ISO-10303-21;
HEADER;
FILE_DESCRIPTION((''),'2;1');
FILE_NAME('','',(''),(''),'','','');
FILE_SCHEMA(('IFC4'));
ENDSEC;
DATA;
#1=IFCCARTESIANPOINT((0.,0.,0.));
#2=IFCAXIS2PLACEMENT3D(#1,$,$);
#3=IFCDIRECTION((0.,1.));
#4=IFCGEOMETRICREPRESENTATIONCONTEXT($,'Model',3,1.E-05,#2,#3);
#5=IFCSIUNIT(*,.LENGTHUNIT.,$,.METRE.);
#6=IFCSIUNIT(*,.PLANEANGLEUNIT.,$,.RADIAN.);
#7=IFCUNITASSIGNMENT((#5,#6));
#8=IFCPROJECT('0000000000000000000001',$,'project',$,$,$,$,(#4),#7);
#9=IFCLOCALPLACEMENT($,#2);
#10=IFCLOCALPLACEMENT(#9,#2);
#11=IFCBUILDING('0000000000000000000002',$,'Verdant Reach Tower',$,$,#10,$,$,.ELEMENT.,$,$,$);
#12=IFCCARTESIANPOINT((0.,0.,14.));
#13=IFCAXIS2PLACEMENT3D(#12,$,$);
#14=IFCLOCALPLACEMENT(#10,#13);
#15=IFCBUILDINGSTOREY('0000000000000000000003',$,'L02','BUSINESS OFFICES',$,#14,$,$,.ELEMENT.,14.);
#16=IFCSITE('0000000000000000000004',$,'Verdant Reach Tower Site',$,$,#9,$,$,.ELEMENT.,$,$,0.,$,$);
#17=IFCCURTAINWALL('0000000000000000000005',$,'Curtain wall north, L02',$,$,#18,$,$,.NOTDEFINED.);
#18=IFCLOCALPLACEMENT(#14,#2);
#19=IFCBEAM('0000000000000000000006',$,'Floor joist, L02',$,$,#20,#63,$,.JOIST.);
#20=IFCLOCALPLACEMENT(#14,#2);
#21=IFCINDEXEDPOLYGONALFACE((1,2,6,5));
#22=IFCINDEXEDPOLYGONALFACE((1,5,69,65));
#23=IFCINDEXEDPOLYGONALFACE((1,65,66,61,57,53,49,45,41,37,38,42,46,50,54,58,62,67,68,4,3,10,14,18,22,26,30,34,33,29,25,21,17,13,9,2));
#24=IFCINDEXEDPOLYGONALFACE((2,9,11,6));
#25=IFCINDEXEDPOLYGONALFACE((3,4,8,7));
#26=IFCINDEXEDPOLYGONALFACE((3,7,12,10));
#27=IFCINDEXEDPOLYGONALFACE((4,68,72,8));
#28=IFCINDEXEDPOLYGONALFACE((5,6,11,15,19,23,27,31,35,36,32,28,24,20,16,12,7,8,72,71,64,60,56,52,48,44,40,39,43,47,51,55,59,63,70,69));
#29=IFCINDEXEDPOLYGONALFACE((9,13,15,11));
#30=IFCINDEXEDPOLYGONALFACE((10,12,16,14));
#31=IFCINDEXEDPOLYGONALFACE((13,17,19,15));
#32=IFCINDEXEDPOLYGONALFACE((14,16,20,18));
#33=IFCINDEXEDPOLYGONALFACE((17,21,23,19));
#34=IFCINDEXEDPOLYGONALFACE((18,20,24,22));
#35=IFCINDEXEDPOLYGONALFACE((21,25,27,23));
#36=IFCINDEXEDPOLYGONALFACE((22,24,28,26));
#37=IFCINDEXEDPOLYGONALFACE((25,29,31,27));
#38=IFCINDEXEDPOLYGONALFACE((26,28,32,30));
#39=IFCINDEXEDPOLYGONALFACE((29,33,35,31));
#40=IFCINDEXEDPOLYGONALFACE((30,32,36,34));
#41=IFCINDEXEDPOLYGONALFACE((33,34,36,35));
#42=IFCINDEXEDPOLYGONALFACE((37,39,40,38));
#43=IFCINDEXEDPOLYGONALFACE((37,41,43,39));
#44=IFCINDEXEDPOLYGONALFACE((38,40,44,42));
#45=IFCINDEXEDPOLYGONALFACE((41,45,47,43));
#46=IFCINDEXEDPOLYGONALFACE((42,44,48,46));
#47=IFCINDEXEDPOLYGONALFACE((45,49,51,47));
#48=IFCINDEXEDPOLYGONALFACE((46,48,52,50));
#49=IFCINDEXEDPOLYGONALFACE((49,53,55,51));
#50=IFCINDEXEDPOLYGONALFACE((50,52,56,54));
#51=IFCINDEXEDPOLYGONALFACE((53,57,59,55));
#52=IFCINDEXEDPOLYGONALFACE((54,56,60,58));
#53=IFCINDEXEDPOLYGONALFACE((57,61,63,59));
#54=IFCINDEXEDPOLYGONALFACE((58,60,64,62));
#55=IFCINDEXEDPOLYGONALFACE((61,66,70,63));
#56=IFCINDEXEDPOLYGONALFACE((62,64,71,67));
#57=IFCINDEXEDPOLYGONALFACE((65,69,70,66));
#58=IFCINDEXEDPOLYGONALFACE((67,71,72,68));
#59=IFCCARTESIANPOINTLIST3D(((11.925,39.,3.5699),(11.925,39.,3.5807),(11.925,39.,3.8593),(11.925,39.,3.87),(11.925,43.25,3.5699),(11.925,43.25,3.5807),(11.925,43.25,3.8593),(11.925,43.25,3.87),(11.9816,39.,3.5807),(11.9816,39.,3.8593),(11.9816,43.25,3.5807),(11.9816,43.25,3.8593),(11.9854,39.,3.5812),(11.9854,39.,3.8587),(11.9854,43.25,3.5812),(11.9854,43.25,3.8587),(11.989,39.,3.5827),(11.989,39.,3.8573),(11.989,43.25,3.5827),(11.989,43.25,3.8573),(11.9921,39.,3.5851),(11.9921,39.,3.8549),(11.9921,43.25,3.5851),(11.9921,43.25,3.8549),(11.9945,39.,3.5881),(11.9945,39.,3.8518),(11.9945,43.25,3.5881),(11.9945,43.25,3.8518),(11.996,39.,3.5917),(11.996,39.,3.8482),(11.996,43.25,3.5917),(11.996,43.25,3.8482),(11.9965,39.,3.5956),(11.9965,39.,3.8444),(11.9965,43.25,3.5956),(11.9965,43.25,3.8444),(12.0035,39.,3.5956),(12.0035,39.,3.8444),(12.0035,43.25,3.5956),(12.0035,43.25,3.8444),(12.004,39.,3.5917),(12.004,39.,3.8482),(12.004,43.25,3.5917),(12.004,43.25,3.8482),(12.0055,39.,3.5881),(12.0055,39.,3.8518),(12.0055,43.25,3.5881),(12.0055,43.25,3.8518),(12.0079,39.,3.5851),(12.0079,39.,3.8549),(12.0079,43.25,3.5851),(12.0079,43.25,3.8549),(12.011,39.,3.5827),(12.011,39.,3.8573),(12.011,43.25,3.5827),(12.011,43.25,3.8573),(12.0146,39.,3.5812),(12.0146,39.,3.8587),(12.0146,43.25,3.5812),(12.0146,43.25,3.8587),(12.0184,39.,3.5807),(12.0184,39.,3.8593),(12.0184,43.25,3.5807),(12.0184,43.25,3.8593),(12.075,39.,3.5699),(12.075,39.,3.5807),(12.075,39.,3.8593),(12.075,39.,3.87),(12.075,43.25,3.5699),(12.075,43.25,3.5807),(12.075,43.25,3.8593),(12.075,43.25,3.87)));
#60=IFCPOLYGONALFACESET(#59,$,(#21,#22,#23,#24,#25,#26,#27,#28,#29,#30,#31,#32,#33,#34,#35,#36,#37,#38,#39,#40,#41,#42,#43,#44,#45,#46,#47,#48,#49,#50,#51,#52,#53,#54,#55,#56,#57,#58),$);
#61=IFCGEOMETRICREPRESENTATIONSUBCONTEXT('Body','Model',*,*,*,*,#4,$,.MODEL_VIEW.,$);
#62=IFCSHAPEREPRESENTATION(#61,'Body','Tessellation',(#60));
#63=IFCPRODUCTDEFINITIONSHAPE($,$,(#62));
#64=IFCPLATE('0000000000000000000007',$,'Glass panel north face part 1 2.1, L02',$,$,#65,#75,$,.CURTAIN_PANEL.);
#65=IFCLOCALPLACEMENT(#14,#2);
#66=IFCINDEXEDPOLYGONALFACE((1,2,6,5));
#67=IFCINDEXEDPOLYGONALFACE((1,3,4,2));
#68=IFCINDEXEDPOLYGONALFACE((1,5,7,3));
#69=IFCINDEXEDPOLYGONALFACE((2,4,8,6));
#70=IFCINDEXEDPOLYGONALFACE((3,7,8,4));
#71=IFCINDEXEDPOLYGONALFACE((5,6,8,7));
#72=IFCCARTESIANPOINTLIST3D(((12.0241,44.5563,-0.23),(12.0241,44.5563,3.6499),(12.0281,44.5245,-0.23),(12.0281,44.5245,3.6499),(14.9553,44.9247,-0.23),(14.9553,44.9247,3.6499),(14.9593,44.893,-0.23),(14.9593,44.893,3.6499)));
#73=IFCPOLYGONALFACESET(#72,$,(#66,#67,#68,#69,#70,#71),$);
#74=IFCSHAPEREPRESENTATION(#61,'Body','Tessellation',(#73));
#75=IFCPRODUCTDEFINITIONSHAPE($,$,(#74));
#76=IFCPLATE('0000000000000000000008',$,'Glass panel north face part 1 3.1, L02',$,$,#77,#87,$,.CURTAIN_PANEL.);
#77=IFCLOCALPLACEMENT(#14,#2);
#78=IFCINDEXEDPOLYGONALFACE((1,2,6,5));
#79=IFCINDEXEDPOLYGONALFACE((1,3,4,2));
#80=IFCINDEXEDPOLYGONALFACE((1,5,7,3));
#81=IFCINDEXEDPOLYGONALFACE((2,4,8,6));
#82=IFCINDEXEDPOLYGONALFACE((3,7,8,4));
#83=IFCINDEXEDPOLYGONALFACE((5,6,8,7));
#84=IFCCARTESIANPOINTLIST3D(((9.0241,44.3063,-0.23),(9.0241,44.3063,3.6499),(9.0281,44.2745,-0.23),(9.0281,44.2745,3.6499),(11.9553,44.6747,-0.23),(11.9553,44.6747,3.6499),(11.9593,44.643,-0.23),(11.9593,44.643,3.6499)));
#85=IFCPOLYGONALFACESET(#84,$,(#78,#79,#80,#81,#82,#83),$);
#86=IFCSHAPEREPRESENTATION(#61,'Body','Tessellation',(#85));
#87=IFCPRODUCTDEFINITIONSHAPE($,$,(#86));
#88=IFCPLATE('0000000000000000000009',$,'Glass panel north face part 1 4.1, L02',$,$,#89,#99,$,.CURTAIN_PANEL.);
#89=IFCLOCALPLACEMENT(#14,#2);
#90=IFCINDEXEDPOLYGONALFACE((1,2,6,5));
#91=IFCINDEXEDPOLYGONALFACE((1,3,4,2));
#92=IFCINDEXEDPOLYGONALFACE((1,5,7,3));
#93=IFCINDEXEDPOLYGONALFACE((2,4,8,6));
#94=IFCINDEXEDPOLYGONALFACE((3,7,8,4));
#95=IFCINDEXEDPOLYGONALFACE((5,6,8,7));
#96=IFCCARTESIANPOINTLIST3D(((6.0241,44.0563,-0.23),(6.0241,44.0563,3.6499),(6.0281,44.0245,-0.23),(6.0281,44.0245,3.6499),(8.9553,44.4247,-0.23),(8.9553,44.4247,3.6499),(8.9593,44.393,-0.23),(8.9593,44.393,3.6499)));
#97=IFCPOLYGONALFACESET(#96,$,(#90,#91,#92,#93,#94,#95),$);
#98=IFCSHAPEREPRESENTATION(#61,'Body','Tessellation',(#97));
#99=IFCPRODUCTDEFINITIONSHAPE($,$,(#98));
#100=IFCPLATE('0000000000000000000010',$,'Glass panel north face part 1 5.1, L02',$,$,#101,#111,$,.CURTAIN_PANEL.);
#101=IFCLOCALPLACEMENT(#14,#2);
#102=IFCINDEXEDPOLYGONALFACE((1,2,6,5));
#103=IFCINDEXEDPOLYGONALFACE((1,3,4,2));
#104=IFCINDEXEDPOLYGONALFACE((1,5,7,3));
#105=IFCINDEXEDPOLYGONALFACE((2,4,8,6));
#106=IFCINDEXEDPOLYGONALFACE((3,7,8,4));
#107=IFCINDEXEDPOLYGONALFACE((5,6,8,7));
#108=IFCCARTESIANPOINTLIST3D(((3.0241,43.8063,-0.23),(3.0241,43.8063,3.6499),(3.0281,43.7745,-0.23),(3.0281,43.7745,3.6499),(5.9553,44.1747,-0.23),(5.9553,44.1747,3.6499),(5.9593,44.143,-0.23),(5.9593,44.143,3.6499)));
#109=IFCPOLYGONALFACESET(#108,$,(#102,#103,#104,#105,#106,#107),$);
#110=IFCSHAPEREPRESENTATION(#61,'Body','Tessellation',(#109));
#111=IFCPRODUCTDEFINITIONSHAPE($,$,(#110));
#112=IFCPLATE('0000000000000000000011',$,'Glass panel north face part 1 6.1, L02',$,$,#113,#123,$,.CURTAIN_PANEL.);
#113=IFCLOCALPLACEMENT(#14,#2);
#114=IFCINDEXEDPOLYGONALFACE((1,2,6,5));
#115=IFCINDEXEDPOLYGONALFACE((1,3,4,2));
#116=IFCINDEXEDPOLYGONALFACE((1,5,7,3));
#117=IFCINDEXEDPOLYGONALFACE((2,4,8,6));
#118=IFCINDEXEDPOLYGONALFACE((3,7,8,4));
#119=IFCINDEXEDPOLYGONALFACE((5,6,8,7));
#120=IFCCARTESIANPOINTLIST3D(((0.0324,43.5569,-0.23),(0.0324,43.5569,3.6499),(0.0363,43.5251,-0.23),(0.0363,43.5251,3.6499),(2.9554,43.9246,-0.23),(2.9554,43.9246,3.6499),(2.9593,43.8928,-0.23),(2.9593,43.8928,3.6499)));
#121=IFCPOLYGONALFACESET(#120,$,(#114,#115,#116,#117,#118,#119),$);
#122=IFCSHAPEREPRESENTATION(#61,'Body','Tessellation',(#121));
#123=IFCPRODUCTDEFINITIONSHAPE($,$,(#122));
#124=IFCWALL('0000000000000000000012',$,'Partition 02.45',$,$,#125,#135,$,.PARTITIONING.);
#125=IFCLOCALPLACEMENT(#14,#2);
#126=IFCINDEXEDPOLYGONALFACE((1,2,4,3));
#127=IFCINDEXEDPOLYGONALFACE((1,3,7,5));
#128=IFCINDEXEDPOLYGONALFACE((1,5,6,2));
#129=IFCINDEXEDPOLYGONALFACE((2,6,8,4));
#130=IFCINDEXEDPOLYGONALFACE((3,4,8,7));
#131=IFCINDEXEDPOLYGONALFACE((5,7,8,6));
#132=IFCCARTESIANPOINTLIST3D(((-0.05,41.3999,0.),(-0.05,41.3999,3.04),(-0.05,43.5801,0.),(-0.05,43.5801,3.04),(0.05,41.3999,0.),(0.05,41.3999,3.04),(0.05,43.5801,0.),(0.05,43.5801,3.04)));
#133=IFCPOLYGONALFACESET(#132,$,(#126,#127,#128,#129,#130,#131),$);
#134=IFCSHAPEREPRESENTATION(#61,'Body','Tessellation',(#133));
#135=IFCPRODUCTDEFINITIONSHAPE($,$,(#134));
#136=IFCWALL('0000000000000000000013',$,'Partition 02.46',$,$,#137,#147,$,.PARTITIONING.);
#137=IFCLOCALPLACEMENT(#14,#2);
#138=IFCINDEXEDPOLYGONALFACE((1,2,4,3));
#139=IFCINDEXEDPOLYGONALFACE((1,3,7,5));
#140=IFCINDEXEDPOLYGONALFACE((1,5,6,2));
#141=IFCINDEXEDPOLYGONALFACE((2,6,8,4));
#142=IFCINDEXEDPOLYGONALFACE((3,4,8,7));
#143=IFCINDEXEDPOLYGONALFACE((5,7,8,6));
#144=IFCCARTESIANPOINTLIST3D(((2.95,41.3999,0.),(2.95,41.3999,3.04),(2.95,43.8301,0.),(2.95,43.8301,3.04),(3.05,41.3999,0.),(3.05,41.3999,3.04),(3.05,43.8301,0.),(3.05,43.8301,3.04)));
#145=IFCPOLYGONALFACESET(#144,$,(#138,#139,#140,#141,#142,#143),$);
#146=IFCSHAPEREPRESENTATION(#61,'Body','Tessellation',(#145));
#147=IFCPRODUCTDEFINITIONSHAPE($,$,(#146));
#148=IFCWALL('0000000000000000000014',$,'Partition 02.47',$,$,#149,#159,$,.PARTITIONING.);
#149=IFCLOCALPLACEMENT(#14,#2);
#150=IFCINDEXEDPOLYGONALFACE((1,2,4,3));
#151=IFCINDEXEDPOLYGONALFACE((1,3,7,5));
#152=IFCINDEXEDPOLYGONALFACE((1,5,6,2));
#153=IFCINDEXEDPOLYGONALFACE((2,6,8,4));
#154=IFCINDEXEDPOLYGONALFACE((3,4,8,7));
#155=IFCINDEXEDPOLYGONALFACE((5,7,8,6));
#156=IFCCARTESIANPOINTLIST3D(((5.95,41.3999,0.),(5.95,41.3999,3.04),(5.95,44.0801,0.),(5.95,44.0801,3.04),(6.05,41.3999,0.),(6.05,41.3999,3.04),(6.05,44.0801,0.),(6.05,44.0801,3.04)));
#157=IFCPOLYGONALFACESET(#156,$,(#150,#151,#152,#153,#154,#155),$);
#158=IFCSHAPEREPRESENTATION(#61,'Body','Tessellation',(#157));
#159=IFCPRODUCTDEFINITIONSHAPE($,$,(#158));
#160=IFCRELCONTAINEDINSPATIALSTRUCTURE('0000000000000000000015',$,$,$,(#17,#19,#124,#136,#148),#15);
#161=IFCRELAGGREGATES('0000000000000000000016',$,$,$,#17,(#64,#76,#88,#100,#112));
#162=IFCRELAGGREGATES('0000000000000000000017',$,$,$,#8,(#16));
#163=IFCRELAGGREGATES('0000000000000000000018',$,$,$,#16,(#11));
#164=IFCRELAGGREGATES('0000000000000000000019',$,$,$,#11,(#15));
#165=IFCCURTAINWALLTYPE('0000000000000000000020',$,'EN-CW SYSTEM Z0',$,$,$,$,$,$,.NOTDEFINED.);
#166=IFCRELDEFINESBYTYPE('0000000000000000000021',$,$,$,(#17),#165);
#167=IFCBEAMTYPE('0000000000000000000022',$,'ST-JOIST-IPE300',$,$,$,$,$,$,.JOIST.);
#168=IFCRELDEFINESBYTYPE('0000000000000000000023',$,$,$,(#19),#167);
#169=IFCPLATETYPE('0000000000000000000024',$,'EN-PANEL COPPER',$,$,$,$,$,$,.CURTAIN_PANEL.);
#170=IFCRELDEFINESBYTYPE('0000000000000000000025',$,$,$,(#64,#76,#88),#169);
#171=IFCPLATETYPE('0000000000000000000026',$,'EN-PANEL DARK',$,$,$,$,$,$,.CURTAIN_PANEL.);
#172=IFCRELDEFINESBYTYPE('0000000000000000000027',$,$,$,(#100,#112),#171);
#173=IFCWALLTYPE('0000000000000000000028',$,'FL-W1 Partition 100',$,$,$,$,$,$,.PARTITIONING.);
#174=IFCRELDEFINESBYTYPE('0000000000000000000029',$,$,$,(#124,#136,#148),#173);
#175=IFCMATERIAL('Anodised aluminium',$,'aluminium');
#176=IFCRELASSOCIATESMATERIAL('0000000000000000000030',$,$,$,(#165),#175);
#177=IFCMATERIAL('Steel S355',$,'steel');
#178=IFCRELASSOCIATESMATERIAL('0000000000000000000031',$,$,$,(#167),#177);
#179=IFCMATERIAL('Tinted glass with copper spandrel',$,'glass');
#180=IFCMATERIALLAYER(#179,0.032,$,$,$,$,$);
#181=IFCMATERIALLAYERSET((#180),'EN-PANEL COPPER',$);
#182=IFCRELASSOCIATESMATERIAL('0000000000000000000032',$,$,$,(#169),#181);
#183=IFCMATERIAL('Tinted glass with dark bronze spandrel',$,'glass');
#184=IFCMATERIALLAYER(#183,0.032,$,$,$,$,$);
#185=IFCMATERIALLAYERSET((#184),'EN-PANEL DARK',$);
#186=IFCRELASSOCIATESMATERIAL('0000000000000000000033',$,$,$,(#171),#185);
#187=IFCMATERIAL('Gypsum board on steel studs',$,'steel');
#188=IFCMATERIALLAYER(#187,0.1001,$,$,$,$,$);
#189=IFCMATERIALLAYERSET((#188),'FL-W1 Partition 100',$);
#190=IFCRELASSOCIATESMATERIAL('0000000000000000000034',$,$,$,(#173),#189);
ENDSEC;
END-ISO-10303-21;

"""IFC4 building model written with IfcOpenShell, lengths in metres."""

from ifc_helpers import new_model, si_unit, direction, frame, frame_2d, origin, origin_2d, place, context, subcontext, project, spatial, rectangle, i_section, extrude, material, layer, layer_set, material_profile, profile_set, type_object, element, aggregate, save


model = new_model("IFC4")

# Units and contexts
model_context = context("Model", 3, precision=1e-05, world=origin(), true_north=direction((0.0, 1.0)))
body_context = subcontext(model_context, "Body", "Model", "MODEL_VIEW")
ifc_project = project(units=[si_unit("LENGTHUNIT", "METRE"), si_unit("PLANEANGLEUNIT", "RADIAN")], contexts=[model_context])

# Site, building, storey
site_placement = place(None, origin())
site = spatial("IfcSite", under=ifc_project, at=site_placement, Name="Verdant Reach Tower Site", CompositionType="ELEMENT", RefElevation=0.0)
building_placement = place(site_placement, origin())
building = spatial("IfcBuilding", under=site, at=building_placement, Name="Verdant Reach Tower", CompositionType="ELEMENT")
storey_placement = place(building_placement, frame((0.0, 0.0, 14.0)))
storey = spatial("IfcBuildingStorey", under=building, at=storey_placement, Name="L02", Description="BUSINESS OFFICES", CompositionType="ELEMENT", Elevation=14.0)

# Curtain wall
ifc_material_1 = material(Name="Anodised aluminium", Category="aluminium")
curtain_wall_type = type_object("IfcCurtainWallType", Name="EN-CW SYSTEM Z0", PredefinedType="NOTDEFINED", material=ifc_material_1)
curtain_wall_placement = place(storey_placement, origin())
curtain_wall = element("IfcCurtainWall", 1, at=curtain_wall_placement, inside=storey, type_object=curtain_wall_type, Name="Curtain wall north, L02", PredefinedType="NOTDEFINED")

# Beam
ifc_material_2 = material(Name="Steel S355", Category="steel")
ifc_material_profile_1 = material_profile(ifc_material_2, i_section(OverallWidth=0.1499, OverallDepth=0.3, WebThickness=0.0071, FlangeThickness=0.0107, FilletRadius=0.0149, at=origin_2d()), Name="IPE 300")
ifc_profile_set_1 = profile_set([ifc_material_profile_1], Name="Steel S355")
beam_type = type_object("IfcBeamType", Name="ST-JOIST-IPE300", PredefinedType="JOIST", material=ifc_profile_set_1)
beam_1_placement = place(storey_placement, frame((12.0, 39.0, 3.72), z_axis=(0.0, 1.0, 0.0), x_axis=(-1.0, 0.0, 0.0)))
element("IfcBeam", 2, at=beam_1_placement, inside=storey, type_object=beam_type, Name="Floor joist, L02", PredefinedType="JOIST", context=body_context, shape_type="SweptSolid", body=[
    extrude(i_section(OverallWidth=0.1499, OverallDepth=0.3, WebThickness=0.0071, FlangeThickness=0.0107, FilletRadius=0.0149, at=origin_2d()), origin(), (0.0, 0.0, 1.0), 4.25),
])

# Plates
ifc_material_3 = material(Name="Tinted glass with copper spandrel", Category="glass")
ifc_layer_1 = layer(ifc_material_3, 0.032)
ifc_layer_set_1 = layer_set([ifc_layer_1], Name="EN-PANEL COPPER")
plate_type_1 = type_object("IfcPlateType", Name="EN-PANEL COPPER", PredefinedType="CURTAIN_PANEL", material=ifc_layer_set_1)
plate_1_placement = place(storey_placement, frame((13.4917, 44.7246, -0.23), z_axis=(0.0, 0.0, 1.0), x_axis=(-0.992194, -0.124704, 0.0)))
plate_1 = element("IfcPlate", 3, at=plate_1_placement, type_object=plate_type_1, Name="Glass panel north face part 1 2.1, L02", PredefinedType="CURTAIN_PANEL", context=body_context, shape_type="SweptSolid", body=[
    extrude(rectangle(XDim=2.9543, YDim=0.032, at=origin_2d()), origin(), (0.0, 0.0, 1.0), 3.8799),
])
plate_2_placement = place(storey_placement, frame((10.4917, 44.4746, -0.23), z_axis=(0.0, 0.0, 1.0), x_axis=(-0.992194, -0.124704, 0.0)))
plate_2 = element("IfcPlate", 4, at=plate_2_placement, type_object=plate_type_1, Name="Glass panel north face part 1 3.1, L02", PredefinedType="CURTAIN_PANEL", context=body_context, shape_type="SweptSolid", body=[
    extrude(rectangle(XDim=2.9543, YDim=0.032, at=origin_2d()), origin(), (0.0, 0.0, 1.0), 3.8799),
])
plate_3_placement = place(storey_placement, frame((7.4917, 44.2246, -0.23), z_axis=(0.0, 0.0, 1.0), x_axis=(-0.992194, -0.124704, 0.0)))
plate_3 = element("IfcPlate", 5, at=plate_3_placement, type_object=plate_type_1, Name="Glass panel north face part 1 4.1, L02", PredefinedType="CURTAIN_PANEL", context=body_context, shape_type="SweptSolid", body=[
    extrude(rectangle(XDim=2.9543, YDim=0.032, at=origin_2d()), origin(), (0.0, 0.0, 1.0), 3.8799),
])
ifc_material_4 = material(Name="Tinted glass with dark bronze spandrel", Category="glass")
ifc_layer_2 = layer(ifc_material_4, 0.032)
ifc_layer_set_2 = layer_set([ifc_layer_2], Name="EN-PANEL DARK")
plate_type_2 = type_object("IfcPlateType", Name="EN-PANEL DARK", PredefinedType="CURTAIN_PANEL", material=ifc_layer_set_2)
plate_4_placement = place(storey_placement, frame((4.4917, 43.9746, -0.23), z_axis=(0.0, 0.0, 1.0), x_axis=(-0.992194, -0.124704, 0.0)))
plate_4 = element("IfcPlate", 6, at=plate_4_placement, type_object=plate_type_2, Name="Glass panel north face part 1 5.1, L02", PredefinedType="CURTAIN_PANEL", context=body_context, shape_type="SweptSolid", body=[
    extrude(rectangle(XDim=2.9543, YDim=0.032, at=origin_2d()), origin(), (0.0, 0.0, 1.0), 3.8799),
])
plate_5_placement = place(storey_placement, frame((1.4958, 43.7249, -0.23), z_axis=(0.0, 0.0, 1.0), x_axis=(-0.99218, -0.124818, 0.0)))
plate_5 = element("IfcPlate", 7, at=plate_5_placement, type_object=plate_type_2, Name="Glass panel north face part 1 6.1, L02", PredefinedType="CURTAIN_PANEL", context=body_context, shape_type="SweptSolid", body=[
    extrude(rectangle(XDim=2.946, YDim=0.032, at=origin_2d()), origin(), (0.0, 0.0, 1.0), 3.8799),
])
aggregate(curtain_wall, [plate_1, plate_2, plate_3, plate_4, plate_5])

# Walls
ifc_material_5 = material(Name="Gypsum board on steel studs", Category="steel")
ifc_layer_3 = layer(ifc_material_5, 0.1001)
ifc_layer_set_3 = layer_set([ifc_layer_3], Name="FL-W1 Partition 100")
wall_type_1 = type_object("IfcWallType", Name="FL-W1 Partition 100", PredefinedType="PARTITIONING", material=ifc_layer_set_3)
wall_1_placement = place(storey_placement, frame((0.0, 41.3999, 0.0), z_axis=(0.0, 0.0, 1.0), x_axis=(0.0, 1.0, 0.0)))
element("IfcWall", 8, at=wall_1_placement, inside=storey, type_object=wall_type_1, Name="Partition 02.45", PredefinedType="PARTITIONING", context=body_context, shape_type="SweptSolid", body=[
    extrude(rectangle(XDim=2.1802, YDim=0.1001, at=frame_2d((1.0901, 0.0))), origin(), (0.0, 0.0, 1.0), 3.04),
])
wall_2_placement = place(storey_placement, frame((3.0, 41.3999, 0.0), z_axis=(0.0, 0.0, 1.0), x_axis=(0.0, 1.0, 0.0)))
element("IfcWall", 9, at=wall_2_placement, inside=storey, type_object=wall_type_1, Name="Partition 02.46", PredefinedType="PARTITIONING", context=body_context, shape_type="SweptSolid", body=[
    extrude(rectangle(XDim=2.4302, YDim=0.1001, at=frame_2d((1.2151, 0.0))), origin(), (0.0, 0.0, 1.0), 3.04),
])
wall_3_placement = place(storey_placement, frame((6.0, 41.3999, 0.0), z_axis=(0.0, 0.0, 1.0), x_axis=(0.0, 1.0, 0.0)))
element("IfcWall", 10, at=wall_3_placement, inside=storey, type_object=wall_type_1, Name="Partition 02.47", PredefinedType="PARTITIONING", context=body_context, shape_type="SweptSolid", body=[
    extrude(rectangle(XDim=2.6802, YDim=0.1001, at=frame_2d((1.3401, 0.0))), origin(), (0.0, 0.0, 1.0), 3.04),
])

save(model, "model.ifc")
